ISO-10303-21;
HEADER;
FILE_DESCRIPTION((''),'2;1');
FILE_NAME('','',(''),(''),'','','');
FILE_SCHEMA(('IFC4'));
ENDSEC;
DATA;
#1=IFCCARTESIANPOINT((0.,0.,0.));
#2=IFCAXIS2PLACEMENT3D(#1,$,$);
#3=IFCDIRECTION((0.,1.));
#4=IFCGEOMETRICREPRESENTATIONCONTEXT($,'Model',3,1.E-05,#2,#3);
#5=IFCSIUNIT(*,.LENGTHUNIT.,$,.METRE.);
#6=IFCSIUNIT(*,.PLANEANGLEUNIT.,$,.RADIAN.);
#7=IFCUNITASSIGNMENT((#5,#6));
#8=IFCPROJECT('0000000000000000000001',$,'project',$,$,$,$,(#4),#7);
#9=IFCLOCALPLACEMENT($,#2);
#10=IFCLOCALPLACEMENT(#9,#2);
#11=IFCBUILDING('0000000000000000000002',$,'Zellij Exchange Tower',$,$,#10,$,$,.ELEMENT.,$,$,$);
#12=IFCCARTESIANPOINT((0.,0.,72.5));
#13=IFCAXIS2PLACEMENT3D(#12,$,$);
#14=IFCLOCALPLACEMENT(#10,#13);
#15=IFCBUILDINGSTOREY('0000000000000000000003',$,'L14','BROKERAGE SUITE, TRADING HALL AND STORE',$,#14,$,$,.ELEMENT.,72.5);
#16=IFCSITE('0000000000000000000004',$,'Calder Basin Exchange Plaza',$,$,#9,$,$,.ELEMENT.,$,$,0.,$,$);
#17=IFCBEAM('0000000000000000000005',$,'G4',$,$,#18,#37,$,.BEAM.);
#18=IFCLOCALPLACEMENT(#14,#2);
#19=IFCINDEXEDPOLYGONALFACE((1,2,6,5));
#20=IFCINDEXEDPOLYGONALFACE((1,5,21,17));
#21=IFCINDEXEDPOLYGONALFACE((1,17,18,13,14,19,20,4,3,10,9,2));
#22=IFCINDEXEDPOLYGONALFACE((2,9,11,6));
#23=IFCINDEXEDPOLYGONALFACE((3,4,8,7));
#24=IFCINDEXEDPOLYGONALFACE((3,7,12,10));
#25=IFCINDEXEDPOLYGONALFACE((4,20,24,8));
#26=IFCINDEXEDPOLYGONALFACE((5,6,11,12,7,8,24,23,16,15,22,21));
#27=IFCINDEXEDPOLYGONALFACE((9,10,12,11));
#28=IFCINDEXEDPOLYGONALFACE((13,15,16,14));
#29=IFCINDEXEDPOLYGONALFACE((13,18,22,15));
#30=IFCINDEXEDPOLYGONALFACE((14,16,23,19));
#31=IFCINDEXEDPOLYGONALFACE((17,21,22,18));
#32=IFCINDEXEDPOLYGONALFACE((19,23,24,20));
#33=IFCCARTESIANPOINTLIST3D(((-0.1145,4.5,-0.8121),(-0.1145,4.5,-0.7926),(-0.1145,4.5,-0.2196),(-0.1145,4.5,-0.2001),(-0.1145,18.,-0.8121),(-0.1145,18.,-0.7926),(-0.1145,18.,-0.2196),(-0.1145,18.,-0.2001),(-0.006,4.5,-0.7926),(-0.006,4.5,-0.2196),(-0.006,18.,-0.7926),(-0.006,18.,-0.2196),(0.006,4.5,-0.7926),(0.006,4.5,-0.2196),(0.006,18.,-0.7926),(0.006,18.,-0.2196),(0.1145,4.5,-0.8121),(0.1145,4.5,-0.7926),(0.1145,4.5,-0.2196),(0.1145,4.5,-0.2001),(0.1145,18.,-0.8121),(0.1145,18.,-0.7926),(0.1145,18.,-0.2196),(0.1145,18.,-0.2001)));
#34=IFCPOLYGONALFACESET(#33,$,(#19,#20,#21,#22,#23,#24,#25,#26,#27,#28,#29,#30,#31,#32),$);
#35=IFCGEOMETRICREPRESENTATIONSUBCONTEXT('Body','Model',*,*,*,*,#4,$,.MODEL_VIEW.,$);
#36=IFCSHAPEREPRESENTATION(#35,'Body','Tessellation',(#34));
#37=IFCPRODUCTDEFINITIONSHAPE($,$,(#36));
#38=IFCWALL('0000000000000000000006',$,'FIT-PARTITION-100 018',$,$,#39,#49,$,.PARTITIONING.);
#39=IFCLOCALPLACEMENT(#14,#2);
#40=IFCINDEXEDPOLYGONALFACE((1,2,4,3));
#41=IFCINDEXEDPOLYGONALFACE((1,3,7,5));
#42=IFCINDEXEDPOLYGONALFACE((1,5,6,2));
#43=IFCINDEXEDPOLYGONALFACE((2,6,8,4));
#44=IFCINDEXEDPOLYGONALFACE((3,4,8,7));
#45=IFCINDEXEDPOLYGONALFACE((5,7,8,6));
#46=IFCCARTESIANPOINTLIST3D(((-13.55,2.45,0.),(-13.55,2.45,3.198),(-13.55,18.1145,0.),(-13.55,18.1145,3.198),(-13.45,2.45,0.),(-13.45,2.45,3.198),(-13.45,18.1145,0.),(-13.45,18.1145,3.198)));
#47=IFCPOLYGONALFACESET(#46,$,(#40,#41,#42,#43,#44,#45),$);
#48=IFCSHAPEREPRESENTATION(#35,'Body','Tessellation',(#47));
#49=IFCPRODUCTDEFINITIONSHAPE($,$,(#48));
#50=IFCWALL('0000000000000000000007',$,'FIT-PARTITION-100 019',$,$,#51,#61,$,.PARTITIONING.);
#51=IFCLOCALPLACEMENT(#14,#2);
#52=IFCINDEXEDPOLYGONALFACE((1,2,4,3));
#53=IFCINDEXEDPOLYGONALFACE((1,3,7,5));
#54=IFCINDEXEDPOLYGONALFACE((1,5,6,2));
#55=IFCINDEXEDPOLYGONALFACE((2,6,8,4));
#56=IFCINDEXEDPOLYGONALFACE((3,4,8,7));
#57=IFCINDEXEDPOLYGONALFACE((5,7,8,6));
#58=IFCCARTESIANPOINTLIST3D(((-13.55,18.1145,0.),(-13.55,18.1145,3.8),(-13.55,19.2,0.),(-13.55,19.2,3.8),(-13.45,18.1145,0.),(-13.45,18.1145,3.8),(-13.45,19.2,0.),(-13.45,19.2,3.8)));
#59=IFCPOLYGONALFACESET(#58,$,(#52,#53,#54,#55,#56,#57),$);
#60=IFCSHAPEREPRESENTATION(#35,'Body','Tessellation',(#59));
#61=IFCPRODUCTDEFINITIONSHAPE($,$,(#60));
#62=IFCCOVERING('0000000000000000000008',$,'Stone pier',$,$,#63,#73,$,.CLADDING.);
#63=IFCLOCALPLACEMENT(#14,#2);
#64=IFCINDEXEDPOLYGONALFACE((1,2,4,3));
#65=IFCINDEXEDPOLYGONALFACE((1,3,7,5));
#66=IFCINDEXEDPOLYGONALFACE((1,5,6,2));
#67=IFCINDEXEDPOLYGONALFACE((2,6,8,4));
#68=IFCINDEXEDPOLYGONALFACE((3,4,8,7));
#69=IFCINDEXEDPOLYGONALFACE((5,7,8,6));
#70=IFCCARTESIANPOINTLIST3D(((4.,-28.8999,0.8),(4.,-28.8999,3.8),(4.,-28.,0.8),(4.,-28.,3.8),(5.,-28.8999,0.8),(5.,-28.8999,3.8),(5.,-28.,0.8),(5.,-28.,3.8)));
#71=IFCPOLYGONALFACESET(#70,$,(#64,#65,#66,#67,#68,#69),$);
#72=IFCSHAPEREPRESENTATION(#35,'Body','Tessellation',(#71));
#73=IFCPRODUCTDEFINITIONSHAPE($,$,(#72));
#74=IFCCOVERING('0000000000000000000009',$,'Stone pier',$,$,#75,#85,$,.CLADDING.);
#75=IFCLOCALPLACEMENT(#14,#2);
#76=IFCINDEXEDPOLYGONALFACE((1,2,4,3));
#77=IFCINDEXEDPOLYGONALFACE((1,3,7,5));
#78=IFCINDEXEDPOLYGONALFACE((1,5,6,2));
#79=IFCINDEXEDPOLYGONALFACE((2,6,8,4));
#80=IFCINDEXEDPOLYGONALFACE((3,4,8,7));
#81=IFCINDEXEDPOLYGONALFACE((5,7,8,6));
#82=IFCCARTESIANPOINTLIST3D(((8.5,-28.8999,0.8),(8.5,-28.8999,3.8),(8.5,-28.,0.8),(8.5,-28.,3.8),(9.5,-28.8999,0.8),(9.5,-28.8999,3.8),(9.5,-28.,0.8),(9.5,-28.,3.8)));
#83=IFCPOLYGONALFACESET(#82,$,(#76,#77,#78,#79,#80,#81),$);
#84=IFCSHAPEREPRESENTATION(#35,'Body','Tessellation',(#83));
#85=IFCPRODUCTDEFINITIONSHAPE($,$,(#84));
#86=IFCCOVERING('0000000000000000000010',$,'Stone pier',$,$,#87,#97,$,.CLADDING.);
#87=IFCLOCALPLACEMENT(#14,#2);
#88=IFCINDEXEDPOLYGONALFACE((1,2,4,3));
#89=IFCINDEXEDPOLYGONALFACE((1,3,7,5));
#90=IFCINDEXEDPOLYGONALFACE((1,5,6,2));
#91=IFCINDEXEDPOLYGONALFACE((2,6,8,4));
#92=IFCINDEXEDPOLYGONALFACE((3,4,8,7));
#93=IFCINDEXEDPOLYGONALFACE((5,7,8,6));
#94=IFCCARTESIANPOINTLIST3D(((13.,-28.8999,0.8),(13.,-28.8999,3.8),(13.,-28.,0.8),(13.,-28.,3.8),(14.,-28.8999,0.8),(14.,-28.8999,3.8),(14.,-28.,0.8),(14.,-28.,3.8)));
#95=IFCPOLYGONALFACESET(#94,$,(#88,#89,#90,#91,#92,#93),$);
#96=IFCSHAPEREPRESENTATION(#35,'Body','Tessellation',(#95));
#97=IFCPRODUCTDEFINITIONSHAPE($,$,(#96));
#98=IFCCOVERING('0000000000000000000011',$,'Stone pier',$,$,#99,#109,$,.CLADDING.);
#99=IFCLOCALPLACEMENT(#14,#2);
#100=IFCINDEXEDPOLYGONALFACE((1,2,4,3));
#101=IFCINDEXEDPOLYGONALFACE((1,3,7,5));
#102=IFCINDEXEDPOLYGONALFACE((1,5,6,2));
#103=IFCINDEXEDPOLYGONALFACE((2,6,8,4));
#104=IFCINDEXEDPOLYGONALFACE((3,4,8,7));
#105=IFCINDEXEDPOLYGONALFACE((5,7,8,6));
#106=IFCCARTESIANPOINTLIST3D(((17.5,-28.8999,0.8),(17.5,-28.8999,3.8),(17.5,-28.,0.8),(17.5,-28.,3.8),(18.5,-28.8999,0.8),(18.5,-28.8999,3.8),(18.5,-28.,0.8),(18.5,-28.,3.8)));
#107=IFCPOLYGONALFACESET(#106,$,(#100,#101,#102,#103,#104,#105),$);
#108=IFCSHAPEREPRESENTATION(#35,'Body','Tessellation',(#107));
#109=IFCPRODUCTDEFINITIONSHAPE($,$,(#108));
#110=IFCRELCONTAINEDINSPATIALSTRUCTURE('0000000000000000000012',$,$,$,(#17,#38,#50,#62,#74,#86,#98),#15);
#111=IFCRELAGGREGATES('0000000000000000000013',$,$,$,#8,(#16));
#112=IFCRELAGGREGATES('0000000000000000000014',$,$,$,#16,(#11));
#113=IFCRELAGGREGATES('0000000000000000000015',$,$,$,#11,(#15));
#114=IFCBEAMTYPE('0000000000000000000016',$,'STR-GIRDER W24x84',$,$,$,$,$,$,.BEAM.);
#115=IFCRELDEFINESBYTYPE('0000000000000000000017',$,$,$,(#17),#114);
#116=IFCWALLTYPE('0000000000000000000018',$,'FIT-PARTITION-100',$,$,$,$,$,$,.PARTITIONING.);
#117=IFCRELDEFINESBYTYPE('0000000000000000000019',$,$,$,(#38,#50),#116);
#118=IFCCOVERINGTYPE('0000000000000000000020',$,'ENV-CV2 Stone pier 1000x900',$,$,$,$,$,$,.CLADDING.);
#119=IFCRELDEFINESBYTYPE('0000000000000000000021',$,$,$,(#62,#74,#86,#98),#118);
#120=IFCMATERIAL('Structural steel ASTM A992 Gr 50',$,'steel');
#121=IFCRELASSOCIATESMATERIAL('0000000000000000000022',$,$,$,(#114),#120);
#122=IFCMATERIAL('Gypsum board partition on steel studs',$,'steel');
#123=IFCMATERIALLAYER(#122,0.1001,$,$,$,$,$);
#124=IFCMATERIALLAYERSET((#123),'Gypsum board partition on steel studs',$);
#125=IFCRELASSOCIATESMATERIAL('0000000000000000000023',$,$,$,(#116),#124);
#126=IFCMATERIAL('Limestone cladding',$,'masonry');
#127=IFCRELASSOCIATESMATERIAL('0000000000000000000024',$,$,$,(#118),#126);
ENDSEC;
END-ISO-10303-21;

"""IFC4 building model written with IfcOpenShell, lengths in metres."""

from ifc_helpers import new_model, si_unit, direction, frame, frame_2d, origin, origin_2d, place, context, subcontext, project, spatial, polyline, rectangle, i_section, outline, extrude, material, layer, layer_set, material_profile, profile_set, type_object, element, save


model = new_model("IFC4")

# Units and contexts
model_context = context("Model", 3, precision=1e-05, world=origin(), true_north=direction((0.0, 1.0)))
body_context = subcontext(model_context, "Body", "Model", "MODEL_VIEW")
ifc_project = project(units=[si_unit("LENGTHUNIT", "METRE"), si_unit("PLANEANGLEUNIT", "RADIAN")], contexts=[model_context])

# Site, building, storey
site_placement = place(None, origin())
site = spatial("IfcSite", under=ifc_project, at=site_placement, Name="Calder Basin Exchange Plaza", CompositionType="ELEMENT", RefElevation=0.0)
building_placement = place(site_placement, origin())
building = spatial("IfcBuilding", under=site, at=building_placement, Name="Zellij Exchange Tower", CompositionType="ELEMENT")
storey_placement = place(building_placement, frame((0.0, 0.0, 72.5)))
storey = spatial("IfcBuildingStorey", under=building, at=storey_placement, Name="L14", Description="BROKERAGE SUITE, TRADING HALL AND STORE", CompositionType="ELEMENT", Elevation=72.5)

# Beam
ifc_material_1 = material(Name="Structural steel ASTM A992 Gr 50", Category="steel")
ifc_material_profile_1 = material_profile(ifc_material_1, i_section(OverallWidth=0.229, OverallDepth=0.6121, WebThickness=0.012, FlangeThickness=0.0195, at=origin_2d()), Name="W24x84")
ifc_profile_set_1 = profile_set([ifc_material_profile_1], Name="Structural steel ASTM A992 Gr 50")
beam_type = type_object("IfcBeamType", Name="STR-GIRDER W24x84", PredefinedType="BEAM", material=ifc_profile_set_1)
for number, where, z_axis, x_axis, name in (
    (1, (0.0, 4.5, -0.5061), (0.0, 1.0, 0.0), (-1.0, 0.0, 0.0), "G4"),
):
    element("IfcBeam", number, at=place(storey_placement, frame(where, z_axis=z_axis, x_axis=x_axis)), inside=storey, type_object=beam_type, Name=name, PredefinedType="BEAM", context=body_context, shape_type="SweptSolid", body=[
        extrude(i_section(OverallWidth=0.229, OverallDepth=0.6121, WebThickness=0.012, FlangeThickness=0.0195, at=origin_2d()), origin(), (0.0, 0.0, 1.0), 13.5),
    ])

# Walls
ifc_material_2 = material(Name="Gypsum board partition on steel studs", Category="steel")
ifc_layer = layer(ifc_material_2, 0.1001)
ifc_layer_set = layer_set([ifc_layer], Name="Gypsum board partition on steel studs")
wall_type = type_object("IfcWallType", Name="FIT-PARTITION-100", PredefinedType="PARTITIONING", material=ifc_layer_set)
wall_1_placement = place(storey_placement, frame((-13.5, 2.45, 0.0), z_axis=(0.0, 0.0, 1.0), x_axis=(0.0, 1.0, 0.0)))
element("IfcWall", 2, at=wall_1_placement, inside=storey, type_object=wall_type, Name="FIT-PARTITION-100 018", PredefinedType="PARTITIONING", context=body_context, shape_type="SweptSolid", body=[
    extrude(rectangle(XDim=15.6646, YDim=0.1001, at=frame_2d((7.8323, 0.0))), origin(), (0.0, 0.0, 1.0), 3.198),
])
wall_2_placement = place(storey_placement, frame((-13.5, 18.1145, 0.0), z_axis=(0.0, 0.0, 1.0), x_axis=(0.0, 1.0, 0.0)))
element("IfcWall", 3, at=wall_2_placement, inside=storey, type_object=wall_type, Name="FIT-PARTITION-100 019", PredefinedType="PARTITIONING", context=body_context, shape_type="SweptSolid", body=[
    extrude(rectangle(XDim=1.0854, YDim=0.1001, at=frame_2d((0.5427, 0.0))), origin(), (0.0, 0.0, 1.0), 3.8),
])

# Coverings
ifc_material_3 = material(Name="Limestone cladding", Category="masonry")
covering_type = type_object("IfcCoveringType", Name="ENV-CV2 Stone pier 1000x900", PredefinedType="CLADDING", material=ifc_material_3)
covering_1_placement = place(storey_placement, frame((0.0, 0.0, 0.8)))
element("IfcCovering", 4, at=covering_1_placement, inside=storey, type_object=covering_type, Name="Stone pier", PredefinedType="CLADDING", context=body_context, shape_type="SweptSolid", body=[
    extrude(outline(polyline([(4.0, -28.0), (5.0, -28.0), (5.0, -28.8999), (4.0, -28.8999), (4.0, -28.0)])), origin(), (0.0, 0.0, 1.0), 3.0),
])
covering_2_placement = place(storey_placement, frame((0.0, 0.0, 0.8)))
element("IfcCovering", 5, at=covering_2_placement, inside=storey, type_object=covering_type, Name="Stone pier", PredefinedType="CLADDING", context=body_context, shape_type="SweptSolid", body=[
    extrude(outline(polyline([(8.5, -28.0), (9.5, -28.0), (9.5, -28.8999), (8.5, -28.8999), (8.5, -28.0)])), origin(), (0.0, 0.0, 1.0), 3.0),
])
covering_3_placement = place(storey_placement, frame((0.0, 0.0, 0.8)))
element("IfcCovering", 6, at=covering_3_placement, inside=storey, type_object=covering_type, Name="Stone pier", PredefinedType="CLADDING", context=body_context, shape_type="SweptSolid", body=[
    extrude(outline(polyline([(13.0, -28.0), (14.0, -28.0), (14.0, -28.8999), (13.0, -28.8999), (13.0, -28.0)])), origin(), (0.0, 0.0, 1.0), 3.0),
])
covering_4_placement = place(storey_placement, frame((0.0, 0.0, 0.8)))
element("IfcCovering", 7, at=covering_4_placement, inside=storey, type_object=covering_type, Name="Stone pier", PredefinedType="CLADDING", context=body_context, shape_type="SweptSolid", body=[
    extrude(outline(polyline([(17.5, -28.0), (18.5, -28.0), (18.5, -28.8999), (17.5, -28.8999), (17.5, -28.0)])), origin(), (0.0, 0.0, 1.0), 3.0),
])

save(model, "model.ifc")
